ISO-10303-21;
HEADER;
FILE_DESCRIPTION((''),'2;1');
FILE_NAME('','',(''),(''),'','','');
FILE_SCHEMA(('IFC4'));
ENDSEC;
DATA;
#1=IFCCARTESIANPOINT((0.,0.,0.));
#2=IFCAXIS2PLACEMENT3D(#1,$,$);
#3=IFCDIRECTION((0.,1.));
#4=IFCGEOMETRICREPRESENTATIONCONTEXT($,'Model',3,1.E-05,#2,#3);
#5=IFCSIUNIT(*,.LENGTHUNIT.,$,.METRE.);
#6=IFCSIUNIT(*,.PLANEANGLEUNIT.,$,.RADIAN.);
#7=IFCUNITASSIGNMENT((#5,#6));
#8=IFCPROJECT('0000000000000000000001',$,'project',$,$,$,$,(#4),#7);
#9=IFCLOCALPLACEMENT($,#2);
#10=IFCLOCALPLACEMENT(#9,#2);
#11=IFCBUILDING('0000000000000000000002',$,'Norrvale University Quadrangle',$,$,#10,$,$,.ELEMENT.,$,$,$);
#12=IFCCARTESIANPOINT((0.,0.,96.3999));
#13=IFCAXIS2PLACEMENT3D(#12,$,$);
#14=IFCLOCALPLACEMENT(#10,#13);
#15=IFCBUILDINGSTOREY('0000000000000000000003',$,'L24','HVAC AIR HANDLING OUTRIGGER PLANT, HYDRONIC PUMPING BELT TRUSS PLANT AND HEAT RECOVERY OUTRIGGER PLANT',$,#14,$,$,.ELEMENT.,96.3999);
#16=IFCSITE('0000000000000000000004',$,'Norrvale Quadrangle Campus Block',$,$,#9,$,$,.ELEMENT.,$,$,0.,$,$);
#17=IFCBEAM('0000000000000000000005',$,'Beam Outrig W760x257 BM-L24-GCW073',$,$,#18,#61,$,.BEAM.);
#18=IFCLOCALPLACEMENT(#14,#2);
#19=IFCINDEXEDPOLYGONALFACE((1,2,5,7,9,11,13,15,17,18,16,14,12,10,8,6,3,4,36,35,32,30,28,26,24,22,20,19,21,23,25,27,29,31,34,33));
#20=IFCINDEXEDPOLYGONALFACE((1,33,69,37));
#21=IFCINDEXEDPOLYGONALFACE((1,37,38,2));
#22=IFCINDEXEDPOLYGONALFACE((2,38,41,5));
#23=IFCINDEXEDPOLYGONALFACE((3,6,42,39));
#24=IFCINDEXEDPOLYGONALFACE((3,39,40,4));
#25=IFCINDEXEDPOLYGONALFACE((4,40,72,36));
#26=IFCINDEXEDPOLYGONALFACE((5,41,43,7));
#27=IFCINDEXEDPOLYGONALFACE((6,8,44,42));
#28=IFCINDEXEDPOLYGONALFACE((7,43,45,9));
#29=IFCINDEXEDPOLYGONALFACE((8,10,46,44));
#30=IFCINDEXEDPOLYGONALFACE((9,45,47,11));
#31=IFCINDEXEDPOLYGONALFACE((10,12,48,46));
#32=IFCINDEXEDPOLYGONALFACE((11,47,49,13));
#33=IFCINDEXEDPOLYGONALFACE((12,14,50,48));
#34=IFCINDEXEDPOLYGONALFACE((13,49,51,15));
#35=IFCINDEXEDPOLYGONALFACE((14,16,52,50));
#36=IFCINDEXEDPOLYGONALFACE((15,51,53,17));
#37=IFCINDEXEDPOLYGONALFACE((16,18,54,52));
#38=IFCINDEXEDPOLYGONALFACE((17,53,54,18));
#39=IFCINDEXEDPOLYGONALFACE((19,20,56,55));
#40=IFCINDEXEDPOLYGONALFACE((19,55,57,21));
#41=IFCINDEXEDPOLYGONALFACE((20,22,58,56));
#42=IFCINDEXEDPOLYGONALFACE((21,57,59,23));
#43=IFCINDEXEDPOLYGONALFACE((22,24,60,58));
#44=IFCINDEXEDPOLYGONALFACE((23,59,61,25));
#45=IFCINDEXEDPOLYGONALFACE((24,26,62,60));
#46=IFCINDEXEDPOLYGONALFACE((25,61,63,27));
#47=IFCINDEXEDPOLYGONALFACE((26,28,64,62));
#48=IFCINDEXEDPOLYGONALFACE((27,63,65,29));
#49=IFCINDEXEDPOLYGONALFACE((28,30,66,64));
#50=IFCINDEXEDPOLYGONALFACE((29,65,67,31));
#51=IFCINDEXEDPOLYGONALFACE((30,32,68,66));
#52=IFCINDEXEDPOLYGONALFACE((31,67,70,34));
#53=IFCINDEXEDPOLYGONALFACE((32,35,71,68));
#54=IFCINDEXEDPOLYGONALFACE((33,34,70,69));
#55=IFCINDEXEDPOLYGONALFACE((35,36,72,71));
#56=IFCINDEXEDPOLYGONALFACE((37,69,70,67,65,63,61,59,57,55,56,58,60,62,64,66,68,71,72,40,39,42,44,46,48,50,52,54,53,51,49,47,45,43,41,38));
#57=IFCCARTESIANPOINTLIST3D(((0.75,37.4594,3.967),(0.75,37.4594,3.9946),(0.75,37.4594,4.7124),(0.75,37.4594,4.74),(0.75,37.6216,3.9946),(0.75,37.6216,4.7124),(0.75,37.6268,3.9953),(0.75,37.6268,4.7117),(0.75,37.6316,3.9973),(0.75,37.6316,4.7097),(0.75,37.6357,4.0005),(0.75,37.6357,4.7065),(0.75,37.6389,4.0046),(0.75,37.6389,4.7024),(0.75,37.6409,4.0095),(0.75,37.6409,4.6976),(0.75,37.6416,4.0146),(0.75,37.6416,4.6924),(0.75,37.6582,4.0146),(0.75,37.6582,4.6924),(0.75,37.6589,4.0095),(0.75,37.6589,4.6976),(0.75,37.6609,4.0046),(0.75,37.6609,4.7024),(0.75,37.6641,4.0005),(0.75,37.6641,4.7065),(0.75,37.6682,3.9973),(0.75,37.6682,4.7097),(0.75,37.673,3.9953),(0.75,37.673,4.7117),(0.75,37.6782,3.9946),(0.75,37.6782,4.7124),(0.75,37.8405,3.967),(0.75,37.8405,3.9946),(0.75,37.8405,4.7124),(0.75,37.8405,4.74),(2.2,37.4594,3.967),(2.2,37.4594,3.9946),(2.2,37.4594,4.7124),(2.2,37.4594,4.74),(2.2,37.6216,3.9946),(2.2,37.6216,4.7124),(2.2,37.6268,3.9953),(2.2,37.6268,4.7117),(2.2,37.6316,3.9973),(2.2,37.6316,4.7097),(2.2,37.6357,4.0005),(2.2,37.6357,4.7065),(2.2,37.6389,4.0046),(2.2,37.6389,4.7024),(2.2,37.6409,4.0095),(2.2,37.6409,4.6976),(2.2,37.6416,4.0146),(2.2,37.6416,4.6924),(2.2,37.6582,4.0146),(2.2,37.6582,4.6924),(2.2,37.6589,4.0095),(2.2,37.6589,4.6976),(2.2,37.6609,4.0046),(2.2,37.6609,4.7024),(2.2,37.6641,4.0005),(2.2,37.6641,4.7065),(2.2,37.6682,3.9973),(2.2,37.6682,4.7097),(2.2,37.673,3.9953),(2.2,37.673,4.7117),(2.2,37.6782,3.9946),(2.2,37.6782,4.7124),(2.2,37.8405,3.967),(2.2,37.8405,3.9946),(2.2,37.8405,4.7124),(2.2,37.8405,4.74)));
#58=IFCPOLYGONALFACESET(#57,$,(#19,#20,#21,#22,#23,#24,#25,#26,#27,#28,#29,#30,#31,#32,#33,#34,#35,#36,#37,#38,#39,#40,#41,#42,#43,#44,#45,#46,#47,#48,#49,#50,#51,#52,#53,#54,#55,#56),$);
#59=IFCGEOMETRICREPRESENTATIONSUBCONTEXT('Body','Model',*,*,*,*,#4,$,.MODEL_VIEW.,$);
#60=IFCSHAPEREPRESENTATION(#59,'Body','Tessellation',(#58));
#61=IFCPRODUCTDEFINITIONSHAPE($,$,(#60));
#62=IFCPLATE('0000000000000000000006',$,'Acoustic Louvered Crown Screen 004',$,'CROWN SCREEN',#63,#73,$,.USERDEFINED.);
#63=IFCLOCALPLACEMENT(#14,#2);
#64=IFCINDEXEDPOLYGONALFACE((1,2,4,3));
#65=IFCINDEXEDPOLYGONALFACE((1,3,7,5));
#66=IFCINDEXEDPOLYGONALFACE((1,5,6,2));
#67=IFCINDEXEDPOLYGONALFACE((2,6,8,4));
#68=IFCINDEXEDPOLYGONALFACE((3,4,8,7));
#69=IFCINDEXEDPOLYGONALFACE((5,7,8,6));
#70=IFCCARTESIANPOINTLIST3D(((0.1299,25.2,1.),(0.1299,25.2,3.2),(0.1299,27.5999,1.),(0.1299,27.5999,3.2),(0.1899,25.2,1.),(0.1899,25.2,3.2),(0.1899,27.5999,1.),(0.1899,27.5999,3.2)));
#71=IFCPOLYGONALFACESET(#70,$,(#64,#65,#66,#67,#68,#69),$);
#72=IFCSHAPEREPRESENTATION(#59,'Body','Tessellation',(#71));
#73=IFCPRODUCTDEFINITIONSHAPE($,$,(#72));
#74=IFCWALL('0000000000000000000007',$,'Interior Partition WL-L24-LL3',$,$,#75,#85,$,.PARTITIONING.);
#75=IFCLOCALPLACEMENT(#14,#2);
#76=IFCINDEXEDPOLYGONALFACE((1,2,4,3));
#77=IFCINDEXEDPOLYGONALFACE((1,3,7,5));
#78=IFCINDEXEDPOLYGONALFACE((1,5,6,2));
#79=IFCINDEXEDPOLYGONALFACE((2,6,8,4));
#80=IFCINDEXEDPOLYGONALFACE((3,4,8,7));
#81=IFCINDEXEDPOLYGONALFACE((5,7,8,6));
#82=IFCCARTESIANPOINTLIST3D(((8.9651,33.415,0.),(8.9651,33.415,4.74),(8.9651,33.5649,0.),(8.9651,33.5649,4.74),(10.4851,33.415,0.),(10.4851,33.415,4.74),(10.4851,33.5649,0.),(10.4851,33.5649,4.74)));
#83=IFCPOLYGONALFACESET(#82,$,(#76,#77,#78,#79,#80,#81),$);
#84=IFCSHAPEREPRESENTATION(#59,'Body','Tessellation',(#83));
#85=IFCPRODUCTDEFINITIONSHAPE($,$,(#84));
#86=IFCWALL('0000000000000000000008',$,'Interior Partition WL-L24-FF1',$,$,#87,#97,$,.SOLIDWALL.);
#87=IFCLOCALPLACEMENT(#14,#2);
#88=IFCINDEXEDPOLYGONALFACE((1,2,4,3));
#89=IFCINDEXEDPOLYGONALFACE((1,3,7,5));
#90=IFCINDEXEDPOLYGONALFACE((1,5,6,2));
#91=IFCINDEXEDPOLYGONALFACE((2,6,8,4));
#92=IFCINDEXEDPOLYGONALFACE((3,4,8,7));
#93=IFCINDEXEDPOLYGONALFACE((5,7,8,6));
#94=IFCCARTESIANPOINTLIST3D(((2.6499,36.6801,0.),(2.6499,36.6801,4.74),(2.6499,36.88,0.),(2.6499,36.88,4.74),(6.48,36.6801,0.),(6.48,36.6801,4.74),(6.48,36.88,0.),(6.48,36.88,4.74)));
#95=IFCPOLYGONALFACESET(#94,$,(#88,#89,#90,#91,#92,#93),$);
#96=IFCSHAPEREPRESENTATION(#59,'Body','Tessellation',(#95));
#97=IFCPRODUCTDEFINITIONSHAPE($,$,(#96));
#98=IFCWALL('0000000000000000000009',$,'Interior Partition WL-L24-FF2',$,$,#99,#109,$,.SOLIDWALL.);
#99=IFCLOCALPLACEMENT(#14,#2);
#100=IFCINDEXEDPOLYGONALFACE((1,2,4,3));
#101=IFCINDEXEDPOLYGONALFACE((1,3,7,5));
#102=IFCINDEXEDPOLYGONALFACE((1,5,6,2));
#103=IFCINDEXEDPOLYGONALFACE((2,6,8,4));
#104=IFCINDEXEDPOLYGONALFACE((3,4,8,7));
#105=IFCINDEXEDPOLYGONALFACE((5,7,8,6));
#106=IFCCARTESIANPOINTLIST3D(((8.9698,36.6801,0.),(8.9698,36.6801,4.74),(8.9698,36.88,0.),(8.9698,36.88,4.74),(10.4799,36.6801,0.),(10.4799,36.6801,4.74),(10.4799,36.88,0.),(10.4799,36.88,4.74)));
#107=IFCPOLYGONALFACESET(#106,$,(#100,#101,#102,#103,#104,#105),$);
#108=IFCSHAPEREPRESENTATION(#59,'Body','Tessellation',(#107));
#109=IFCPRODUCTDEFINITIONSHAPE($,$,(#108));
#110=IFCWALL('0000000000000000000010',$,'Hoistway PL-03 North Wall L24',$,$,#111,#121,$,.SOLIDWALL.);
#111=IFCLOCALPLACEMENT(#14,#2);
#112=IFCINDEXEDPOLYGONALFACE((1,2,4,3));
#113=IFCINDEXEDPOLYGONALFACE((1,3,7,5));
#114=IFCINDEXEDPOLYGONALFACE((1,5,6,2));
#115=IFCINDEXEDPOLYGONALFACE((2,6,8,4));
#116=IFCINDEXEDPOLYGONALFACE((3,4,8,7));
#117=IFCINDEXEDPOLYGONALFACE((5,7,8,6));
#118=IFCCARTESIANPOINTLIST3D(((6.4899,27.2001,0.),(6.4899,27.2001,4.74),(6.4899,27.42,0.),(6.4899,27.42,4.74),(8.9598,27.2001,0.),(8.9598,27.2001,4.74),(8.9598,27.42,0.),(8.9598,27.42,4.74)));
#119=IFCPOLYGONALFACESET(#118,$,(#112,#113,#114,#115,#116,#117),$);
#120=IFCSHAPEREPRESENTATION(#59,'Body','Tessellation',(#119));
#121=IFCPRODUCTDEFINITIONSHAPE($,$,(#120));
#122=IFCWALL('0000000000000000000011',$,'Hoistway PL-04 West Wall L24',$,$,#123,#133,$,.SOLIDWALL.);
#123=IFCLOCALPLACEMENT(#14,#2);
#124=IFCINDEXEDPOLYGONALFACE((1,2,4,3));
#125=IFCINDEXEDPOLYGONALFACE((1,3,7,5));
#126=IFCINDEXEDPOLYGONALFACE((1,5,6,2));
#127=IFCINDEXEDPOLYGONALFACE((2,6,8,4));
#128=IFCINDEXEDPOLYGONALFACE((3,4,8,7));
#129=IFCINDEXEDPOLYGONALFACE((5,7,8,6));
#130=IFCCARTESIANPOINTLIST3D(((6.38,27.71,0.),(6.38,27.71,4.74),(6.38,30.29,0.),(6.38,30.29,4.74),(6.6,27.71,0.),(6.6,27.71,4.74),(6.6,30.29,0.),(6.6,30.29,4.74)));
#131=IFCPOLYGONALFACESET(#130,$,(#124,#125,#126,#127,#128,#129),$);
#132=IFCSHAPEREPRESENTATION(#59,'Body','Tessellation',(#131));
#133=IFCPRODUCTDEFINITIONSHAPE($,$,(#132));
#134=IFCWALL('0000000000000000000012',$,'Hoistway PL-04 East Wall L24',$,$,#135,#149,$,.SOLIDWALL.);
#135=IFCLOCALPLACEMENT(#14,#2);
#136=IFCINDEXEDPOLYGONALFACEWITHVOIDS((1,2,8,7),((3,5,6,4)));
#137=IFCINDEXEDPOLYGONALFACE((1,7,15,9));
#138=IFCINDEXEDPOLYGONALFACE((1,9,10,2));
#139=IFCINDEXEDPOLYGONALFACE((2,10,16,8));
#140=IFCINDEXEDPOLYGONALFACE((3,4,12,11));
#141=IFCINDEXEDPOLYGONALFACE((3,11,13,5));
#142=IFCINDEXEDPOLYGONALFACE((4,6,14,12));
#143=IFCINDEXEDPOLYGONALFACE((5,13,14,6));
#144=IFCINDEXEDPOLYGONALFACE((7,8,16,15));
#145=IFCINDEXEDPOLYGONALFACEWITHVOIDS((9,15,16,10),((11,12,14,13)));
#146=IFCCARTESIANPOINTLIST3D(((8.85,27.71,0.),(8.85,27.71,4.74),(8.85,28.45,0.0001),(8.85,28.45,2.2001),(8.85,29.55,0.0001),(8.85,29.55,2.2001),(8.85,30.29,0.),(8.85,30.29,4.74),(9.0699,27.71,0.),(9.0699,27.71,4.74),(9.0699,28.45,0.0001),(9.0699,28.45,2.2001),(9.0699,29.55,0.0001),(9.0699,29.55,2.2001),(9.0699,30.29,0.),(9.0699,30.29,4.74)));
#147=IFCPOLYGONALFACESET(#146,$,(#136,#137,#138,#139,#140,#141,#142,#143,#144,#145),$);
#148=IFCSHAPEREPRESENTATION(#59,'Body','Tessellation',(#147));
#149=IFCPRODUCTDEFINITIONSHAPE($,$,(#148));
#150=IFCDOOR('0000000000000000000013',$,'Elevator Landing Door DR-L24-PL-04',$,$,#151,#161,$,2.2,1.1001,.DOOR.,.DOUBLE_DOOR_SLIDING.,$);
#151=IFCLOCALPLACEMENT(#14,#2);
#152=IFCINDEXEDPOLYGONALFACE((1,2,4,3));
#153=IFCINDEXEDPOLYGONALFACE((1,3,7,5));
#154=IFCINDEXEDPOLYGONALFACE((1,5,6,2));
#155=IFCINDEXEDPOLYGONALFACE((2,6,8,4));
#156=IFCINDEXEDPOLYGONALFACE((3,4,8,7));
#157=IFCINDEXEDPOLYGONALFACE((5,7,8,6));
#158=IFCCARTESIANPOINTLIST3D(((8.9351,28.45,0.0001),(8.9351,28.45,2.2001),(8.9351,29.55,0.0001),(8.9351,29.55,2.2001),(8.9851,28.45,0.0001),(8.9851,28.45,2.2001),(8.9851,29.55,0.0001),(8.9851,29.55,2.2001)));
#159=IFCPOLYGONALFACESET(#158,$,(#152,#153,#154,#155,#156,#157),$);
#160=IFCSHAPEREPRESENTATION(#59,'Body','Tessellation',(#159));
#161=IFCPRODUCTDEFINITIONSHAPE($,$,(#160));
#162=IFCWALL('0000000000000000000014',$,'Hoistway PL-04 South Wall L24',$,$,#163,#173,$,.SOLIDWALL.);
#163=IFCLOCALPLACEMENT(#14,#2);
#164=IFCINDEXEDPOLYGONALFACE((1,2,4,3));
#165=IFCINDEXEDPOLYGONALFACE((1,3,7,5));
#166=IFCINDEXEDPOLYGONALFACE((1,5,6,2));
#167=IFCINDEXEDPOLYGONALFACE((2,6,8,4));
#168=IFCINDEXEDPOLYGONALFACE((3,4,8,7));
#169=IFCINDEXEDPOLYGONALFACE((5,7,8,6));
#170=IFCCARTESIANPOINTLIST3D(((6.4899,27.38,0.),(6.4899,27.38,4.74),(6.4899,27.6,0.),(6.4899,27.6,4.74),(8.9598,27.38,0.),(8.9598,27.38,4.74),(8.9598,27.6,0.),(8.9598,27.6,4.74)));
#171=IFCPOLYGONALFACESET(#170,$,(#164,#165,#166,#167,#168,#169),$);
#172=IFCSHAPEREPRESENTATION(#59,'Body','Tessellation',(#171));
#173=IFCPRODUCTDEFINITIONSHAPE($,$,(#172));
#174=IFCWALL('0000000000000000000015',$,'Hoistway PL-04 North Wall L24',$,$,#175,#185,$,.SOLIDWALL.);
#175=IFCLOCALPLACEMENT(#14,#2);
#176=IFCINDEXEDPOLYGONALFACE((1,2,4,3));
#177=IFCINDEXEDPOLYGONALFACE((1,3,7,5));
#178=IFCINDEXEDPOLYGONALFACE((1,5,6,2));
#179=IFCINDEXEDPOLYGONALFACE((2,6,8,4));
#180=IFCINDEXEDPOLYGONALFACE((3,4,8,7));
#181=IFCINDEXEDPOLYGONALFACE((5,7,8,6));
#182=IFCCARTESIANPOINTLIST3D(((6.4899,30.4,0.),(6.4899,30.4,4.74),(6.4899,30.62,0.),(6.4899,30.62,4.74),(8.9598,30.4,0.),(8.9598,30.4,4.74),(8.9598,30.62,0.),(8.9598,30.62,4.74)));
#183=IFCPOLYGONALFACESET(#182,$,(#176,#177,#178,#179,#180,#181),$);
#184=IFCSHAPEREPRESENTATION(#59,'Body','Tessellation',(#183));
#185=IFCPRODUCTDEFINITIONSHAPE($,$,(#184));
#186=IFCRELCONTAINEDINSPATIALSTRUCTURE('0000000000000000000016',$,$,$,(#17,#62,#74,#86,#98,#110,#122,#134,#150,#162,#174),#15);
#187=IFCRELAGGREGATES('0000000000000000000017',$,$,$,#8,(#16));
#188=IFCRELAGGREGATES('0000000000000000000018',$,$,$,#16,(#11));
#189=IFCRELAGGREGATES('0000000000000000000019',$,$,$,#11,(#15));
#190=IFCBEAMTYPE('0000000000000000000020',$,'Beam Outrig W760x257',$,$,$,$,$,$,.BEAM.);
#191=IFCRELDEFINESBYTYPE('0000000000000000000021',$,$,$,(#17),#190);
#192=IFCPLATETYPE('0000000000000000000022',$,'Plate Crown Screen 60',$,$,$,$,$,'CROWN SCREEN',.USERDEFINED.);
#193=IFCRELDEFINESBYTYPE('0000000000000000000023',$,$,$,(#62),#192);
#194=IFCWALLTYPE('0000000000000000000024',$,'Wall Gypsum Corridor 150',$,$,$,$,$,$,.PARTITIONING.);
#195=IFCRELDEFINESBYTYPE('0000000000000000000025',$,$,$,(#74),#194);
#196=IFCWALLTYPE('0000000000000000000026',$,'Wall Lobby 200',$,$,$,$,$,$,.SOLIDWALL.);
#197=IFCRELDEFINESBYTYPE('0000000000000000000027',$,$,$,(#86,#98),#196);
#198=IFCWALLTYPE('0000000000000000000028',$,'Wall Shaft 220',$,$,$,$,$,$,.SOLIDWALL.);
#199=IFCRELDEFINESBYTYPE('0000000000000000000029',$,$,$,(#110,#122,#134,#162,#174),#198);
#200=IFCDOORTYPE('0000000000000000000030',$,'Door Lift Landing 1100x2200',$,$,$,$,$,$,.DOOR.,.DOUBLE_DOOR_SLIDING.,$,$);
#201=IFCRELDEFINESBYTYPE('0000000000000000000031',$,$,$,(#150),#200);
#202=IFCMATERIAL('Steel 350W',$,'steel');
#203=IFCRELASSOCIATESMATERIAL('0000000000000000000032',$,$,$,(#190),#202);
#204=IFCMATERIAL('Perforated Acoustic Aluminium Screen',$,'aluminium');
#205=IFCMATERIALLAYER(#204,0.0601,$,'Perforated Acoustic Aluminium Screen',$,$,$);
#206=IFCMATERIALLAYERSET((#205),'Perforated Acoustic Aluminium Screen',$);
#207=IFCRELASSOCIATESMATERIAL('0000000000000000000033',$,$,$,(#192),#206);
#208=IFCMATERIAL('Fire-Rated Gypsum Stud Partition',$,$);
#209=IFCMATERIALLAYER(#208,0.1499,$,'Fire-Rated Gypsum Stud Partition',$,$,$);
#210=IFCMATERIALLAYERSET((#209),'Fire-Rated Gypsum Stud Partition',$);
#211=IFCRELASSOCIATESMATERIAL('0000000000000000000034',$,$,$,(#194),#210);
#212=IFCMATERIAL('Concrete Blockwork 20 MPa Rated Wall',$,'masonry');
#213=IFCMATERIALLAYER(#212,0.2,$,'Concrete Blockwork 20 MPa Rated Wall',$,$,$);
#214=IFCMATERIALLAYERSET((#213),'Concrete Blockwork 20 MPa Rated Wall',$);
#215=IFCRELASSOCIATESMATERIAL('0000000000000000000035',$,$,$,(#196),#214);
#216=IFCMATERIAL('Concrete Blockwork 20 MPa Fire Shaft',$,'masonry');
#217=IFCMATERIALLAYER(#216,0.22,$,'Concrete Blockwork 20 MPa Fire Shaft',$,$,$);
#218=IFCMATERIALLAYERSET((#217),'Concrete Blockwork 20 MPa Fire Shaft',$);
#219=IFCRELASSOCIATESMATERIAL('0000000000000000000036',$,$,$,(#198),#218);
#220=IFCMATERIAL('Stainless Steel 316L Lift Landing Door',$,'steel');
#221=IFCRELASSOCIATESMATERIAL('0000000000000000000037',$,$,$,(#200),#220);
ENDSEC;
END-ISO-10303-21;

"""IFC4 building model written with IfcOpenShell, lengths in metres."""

from ifc_helpers import new_model, si_unit, direction, frame, frame_2d, origin, origin_2d, place, context, subcontext, project, spatial, rectangle, i_section, extrude, material, layer, layer_set, material_profile, profile_set, type_object, element, fill, save


model = new_model("IFC4")

# Units and contexts
model_context = context("Model", 3, precision=1e-05, world=origin(), true_north=direction((0.0, 1.0)))
body_context = subcontext(model_context, "Body", "Model", "MODEL_VIEW")
ifc_project = project(units=[si_unit("LENGTHUNIT", "METRE"), si_unit("PLANEANGLEUNIT", "RADIAN")], contexts=[model_context])

# Site, building, storey
site_placement = place(None, origin())
site = spatial("IfcSite", under=ifc_project, at=site_placement, Name="Norrvale Quadrangle Campus Block", CompositionType="ELEMENT", RefElevation=0.0)
building_placement = place(site_placement, origin())
building = spatial("IfcBuilding", under=site, at=building_placement, Name="Norrvale University Quadrangle", CompositionType="ELEMENT")
storey_placement = place(building_placement, frame((0.0, 0.0, 96.3999)))
storey = spatial("IfcBuildingStorey", under=building, at=storey_placement, Name="L24", Description="HVAC AIR HANDLING OUTRIGGER PLANT, HYDRONIC PUMPING BELT TRUSS PLANT AND HEAT RECOVERY OUTRIGGER PLANT", CompositionType="ELEMENT", Elevation=96.3999)

# Beam
ifc_material_1 = material(Name="Steel 350W", Category="steel")
ifc_material_profile_1 = material_profile(ifc_material_1, i_section(OverallWidth=0.3811, OverallDepth=0.7729, WebThickness=0.0166, FlangeThickness=0.0276, FilletRadius=0.02, at=origin_2d()), Name="Steel 350W")
ifc_profile_set_1 = profile_set([ifc_material_profile_1], Name="Steel 350W")
beam_type = type_object("IfcBeamType", Name="Beam Outrig W760x257", PredefinedType="BEAM", material=ifc_profile_set_1)
for number, where, z_axis, x_axis, name in (
    (1, (0.75, 37.6499, 4.3535), (1.0, 0.0, 0.0), (0.0, 1.0, 0.0), "Beam Outrig W760x257 BM-L24-GCW073"),
):
    element("IfcBeam", number, at=place(storey_placement, frame(where, z_axis=z_axis, x_axis=x_axis)), inside=storey, type_object=beam_type, Name=name, PredefinedType="BEAM", context=body_context, shape_type="SweptSolid", body=[
        extrude(i_section(OverallWidth=0.3811, OverallDepth=0.7729, WebThickness=0.0166, FlangeThickness=0.0276, FilletRadius=0.02, at=origin_2d()), origin(), (0.0, 0.0, 1.0), 1.45),
    ])

# Plate
ifc_material_2 = material(Name="Perforated Acoustic Aluminium Screen", Category="aluminium")
ifc_layer_1 = layer(ifc_material_2, 0.0601, Name="Perforated Acoustic Aluminium Screen")
ifc_layer_set_1 = layer_set([ifc_layer_1], Name="Perforated Acoustic Aluminium Screen")
plate_type = type_object("IfcPlateType", Name="Plate Crown Screen 60", ElementType="CROWN SCREEN", PredefinedType="USERDEFINED", material=ifc_layer_set_1)
plate_placement = place(storey_placement, frame((0.1599, 26.3999, 1.0), z_axis=(0.0, 0.0, 1.0), x_axis=(0.0, -1.0, 0.0)))
element("IfcPlate", 2, at=plate_placement, inside=storey, type_object=plate_type, Name="Acoustic Louvered Crown Screen 004", ObjectType="CROWN SCREEN", PredefinedType="USERDEFINED", context=body_context, shape_type="SweptSolid", body=[
    extrude(rectangle(XDim=2.3999, YDim=0.0601, at=origin_2d()), origin(), (0.0, 0.0, 1.0), 2.2),
])

# Walls
ifc_material_3 = material(Name="Fire-Rated Gypsum Stud Partition")
ifc_layer_2 = layer(ifc_material_3, 0.1499, Name="Fire-Rated Gypsum Stud Partition")
ifc_layer_set_2 = layer_set([ifc_layer_2], Name="Fire-Rated Gypsum Stud Partition")
wall_type_1 = type_object("IfcWallType", Name="Wall Gypsum Corridor 150", PredefinedType="PARTITIONING", material=ifc_layer_set_2)
wall_1_placement = place(storey_placement, frame((8.9651, 33.49, 0.0), z_axis=(0.0, 0.0, 1.0), x_axis=(1.0, 0.0, 0.0)))
element("IfcWall", 3, at=wall_1_placement, inside=storey, type_object=wall_type_1, Name="Interior Partition WL-L24-LL3", PredefinedType="PARTITIONING", context=body_context, shape_type="SweptSolid", body=[
    extrude(rectangle(XDim=1.52, YDim=0.1499, at=frame_2d((0.76, 0.0))), origin(), (0.0, 0.0, 1.0), 4.74),
])
ifc_material_4 = material(Name="Concrete Blockwork 20 MPa Rated Wall", Category="masonry")
ifc_layer_3 = layer(ifc_material_4, 0.2, Name="Concrete Blockwork 20 MPa Rated Wall")
ifc_layer_set_3 = layer_set([ifc_layer_3], Name="Concrete Blockwork 20 MPa Rated Wall")
wall_type_2 = type_object("IfcWallType", Name="Wall Lobby 200", PredefinedType="SOLIDWALL", material=ifc_layer_set_3)
wall_2_placement = place(storey_placement, frame((2.6499, 36.78, 0.0), z_axis=(0.0, 0.0, 1.0), x_axis=(1.0, 0.0, 0.0)))
element("IfcWall", 4, at=wall_2_placement, inside=storey, type_object=wall_type_2, Name="Interior Partition WL-L24-FF1", PredefinedType="SOLIDWALL", context=body_context, shape_type="SweptSolid", body=[
    extrude(rectangle(XDim=3.8301, YDim=0.2, at=frame_2d((1.915, 0.0))), origin(), (0.0, 0.0, 1.0), 4.74),
])
wall_3_placement = place(storey_placement, frame((8.97, 36.78, 0.0), z_axis=(0.0, 0.0, 1.0), x_axis=(1.0, 0.0, 0.0)))
element("IfcWall", 5, at=wall_3_placement, inside=storey, type_object=wall_type_2, Name="Interior Partition WL-L24-FF2", PredefinedType="SOLIDWALL", context=body_context, shape_type="SweptSolid", body=[
    extrude(rectangle(XDim=1.51, YDim=0.2, at=frame_2d((0.7549, 0.0))), origin(), (0.0, 0.0, 1.0), 4.74),
])
ifc_material_5 = material(Name="Concrete Blockwork 20 MPa Fire Shaft", Category="masonry")
ifc_layer_4 = layer(ifc_material_5, 0.22, Name="Concrete Blockwork 20 MPa Fire Shaft")
ifc_layer_set_4 = layer_set([ifc_layer_4], Name="Concrete Blockwork 20 MPa Fire Shaft")
wall_type_3 = type_object("IfcWallType", Name="Wall Shaft 220", PredefinedType="SOLIDWALL", material=ifc_layer_set_4)
wall_4_placement = place(storey_placement, frame((6.49, 27.3101, 0.0), z_axis=(0.0, 0.0, 1.0), x_axis=(1.0, 0.0, 0.0)))
element("IfcWall", 6, at=wall_4_placement, inside=storey, type_object=wall_type_3, Name="Hoistway PL-03 North Wall L24", PredefinedType="SOLIDWALL", context=body_context, shape_type="SweptSolid", body=[
    extrude(rectangle(XDim=2.47, YDim=0.22, at=frame_2d((1.2349, 0.0))), origin(), (0.0, 0.0, 1.0), 4.74),
])
wall_5_placement = place(storey_placement, frame((6.49, 27.71, 0.0), z_axis=(0.0, 0.0, 1.0), x_axis=(0.0, 1.0, 0.0)))
element("IfcWall", 7, at=wall_5_placement, inside=storey, type_object=wall_type_3, Name="Hoistway PL-04 West Wall L24", PredefinedType="SOLIDWALL", context=body_context, shape_type="SweptSolid", body=[
    extrude(rectangle(XDim=2.5801, YDim=0.22, at=frame_2d((1.29, 0.0))), origin(), (0.0, 0.0, 1.0), 4.74),
])

# Wall, opening, door
wall_6_placement = place(storey_placement, frame((8.96, 27.71, 0.0), z_axis=(0.0, 0.0, 1.0), x_axis=(0.0, 1.0, 0.0)))
wall_6 = element("IfcWall", 8, at=wall_6_placement, inside=storey, type_object=wall_type_3, Name="Hoistway PL-04 East Wall L24", PredefinedType="SOLIDWALL", context=body_context, shape_type="SweptSolid", body=[
    extrude(rectangle(XDim=2.5801, YDim=0.22, at=frame_2d((1.29, 0.0))), origin(), (0.0, 0.0, 1.0), 4.74),
])
opening_1_placement = place(wall_6_placement, frame((0.74, 0.0, 0.0)))
opening_1 = element("IfcOpeningElement", 9, at=opening_1_placement, cuts=wall_6, PredefinedType="OPENING", context=body_context, shape_type="SweptSolid", body=[
    extrude(rectangle(XDim=1.1001, YDim=2.2, at=frame_2d((0.55, 1.1001))), frame((0.0, 0.1221, 0.0), z_axis=(0.0, -1.0, 0.0), x_axis=(1.0, 0.0, 0.0)), (0.0, 0.0, 1.0), 0.2439),
])
ifc_material_6 = material(Name="Stainless Steel 316L Lift Landing Door", Category="steel")
door_type_1 = type_object("IfcDoorType", Name="Door Lift Landing 1100x2200", OperationType="DOUBLE_DOOR_SLIDING", PredefinedType="DOOR", material=ifc_material_6)
door_1_placement = place(opening_1_placement, origin())
door_1 = element("IfcDoor", 10, at=door_1_placement, inside=storey, type_object=door_type_1, Name="Elevator Landing Door DR-L24-PL-04", OperationType="DOUBLE_DOOR_SLIDING", OverallHeight=2.2, OverallWidth=1.1001, PredefinedType="DOOR", context=body_context, shape_type="SweptSolid", body=[
    extrude(rectangle(XDim=1.1001, YDim=2.2, at=frame_2d((0.55, 1.1001))), frame((0.0, 0.0249, 0.0), z_axis=(0.0, -1.0, 0.0), x_axis=(1.0, 0.0, 0.0)), (0.0, 0.0, 1.0), 0.05),
])
fill(opening_1, door_1)

# Walls
for number, where, z_axis, x_axis, name in (
    (11, (6.49, 27.49, 0.0), (0.0, 0.0, 1.0), (1.0, 0.0, 0.0), "Hoistway PL-04 South Wall L24"),
    (12, (6.49, 30.51, 0.0), (0.0, 0.0, 1.0), (1.0, 0.0, 0.0), "Hoistway PL-04 North Wall L24"),
):
    element("IfcWall", number, at=place(storey_placement, frame(where, z_axis=z_axis, x_axis=x_axis)), inside=storey, type_object=wall_type_3, Name=name, PredefinedType="SOLIDWALL", context=body_context, shape_type="SweptSolid", body=[
        extrude(rectangle(XDim=2.47, YDim=0.22, at=frame_2d((1.2349, 0.0))), origin(), (0.0, 0.0, 1.0), 4.74),
    ])

save(model, "model.ifc")
